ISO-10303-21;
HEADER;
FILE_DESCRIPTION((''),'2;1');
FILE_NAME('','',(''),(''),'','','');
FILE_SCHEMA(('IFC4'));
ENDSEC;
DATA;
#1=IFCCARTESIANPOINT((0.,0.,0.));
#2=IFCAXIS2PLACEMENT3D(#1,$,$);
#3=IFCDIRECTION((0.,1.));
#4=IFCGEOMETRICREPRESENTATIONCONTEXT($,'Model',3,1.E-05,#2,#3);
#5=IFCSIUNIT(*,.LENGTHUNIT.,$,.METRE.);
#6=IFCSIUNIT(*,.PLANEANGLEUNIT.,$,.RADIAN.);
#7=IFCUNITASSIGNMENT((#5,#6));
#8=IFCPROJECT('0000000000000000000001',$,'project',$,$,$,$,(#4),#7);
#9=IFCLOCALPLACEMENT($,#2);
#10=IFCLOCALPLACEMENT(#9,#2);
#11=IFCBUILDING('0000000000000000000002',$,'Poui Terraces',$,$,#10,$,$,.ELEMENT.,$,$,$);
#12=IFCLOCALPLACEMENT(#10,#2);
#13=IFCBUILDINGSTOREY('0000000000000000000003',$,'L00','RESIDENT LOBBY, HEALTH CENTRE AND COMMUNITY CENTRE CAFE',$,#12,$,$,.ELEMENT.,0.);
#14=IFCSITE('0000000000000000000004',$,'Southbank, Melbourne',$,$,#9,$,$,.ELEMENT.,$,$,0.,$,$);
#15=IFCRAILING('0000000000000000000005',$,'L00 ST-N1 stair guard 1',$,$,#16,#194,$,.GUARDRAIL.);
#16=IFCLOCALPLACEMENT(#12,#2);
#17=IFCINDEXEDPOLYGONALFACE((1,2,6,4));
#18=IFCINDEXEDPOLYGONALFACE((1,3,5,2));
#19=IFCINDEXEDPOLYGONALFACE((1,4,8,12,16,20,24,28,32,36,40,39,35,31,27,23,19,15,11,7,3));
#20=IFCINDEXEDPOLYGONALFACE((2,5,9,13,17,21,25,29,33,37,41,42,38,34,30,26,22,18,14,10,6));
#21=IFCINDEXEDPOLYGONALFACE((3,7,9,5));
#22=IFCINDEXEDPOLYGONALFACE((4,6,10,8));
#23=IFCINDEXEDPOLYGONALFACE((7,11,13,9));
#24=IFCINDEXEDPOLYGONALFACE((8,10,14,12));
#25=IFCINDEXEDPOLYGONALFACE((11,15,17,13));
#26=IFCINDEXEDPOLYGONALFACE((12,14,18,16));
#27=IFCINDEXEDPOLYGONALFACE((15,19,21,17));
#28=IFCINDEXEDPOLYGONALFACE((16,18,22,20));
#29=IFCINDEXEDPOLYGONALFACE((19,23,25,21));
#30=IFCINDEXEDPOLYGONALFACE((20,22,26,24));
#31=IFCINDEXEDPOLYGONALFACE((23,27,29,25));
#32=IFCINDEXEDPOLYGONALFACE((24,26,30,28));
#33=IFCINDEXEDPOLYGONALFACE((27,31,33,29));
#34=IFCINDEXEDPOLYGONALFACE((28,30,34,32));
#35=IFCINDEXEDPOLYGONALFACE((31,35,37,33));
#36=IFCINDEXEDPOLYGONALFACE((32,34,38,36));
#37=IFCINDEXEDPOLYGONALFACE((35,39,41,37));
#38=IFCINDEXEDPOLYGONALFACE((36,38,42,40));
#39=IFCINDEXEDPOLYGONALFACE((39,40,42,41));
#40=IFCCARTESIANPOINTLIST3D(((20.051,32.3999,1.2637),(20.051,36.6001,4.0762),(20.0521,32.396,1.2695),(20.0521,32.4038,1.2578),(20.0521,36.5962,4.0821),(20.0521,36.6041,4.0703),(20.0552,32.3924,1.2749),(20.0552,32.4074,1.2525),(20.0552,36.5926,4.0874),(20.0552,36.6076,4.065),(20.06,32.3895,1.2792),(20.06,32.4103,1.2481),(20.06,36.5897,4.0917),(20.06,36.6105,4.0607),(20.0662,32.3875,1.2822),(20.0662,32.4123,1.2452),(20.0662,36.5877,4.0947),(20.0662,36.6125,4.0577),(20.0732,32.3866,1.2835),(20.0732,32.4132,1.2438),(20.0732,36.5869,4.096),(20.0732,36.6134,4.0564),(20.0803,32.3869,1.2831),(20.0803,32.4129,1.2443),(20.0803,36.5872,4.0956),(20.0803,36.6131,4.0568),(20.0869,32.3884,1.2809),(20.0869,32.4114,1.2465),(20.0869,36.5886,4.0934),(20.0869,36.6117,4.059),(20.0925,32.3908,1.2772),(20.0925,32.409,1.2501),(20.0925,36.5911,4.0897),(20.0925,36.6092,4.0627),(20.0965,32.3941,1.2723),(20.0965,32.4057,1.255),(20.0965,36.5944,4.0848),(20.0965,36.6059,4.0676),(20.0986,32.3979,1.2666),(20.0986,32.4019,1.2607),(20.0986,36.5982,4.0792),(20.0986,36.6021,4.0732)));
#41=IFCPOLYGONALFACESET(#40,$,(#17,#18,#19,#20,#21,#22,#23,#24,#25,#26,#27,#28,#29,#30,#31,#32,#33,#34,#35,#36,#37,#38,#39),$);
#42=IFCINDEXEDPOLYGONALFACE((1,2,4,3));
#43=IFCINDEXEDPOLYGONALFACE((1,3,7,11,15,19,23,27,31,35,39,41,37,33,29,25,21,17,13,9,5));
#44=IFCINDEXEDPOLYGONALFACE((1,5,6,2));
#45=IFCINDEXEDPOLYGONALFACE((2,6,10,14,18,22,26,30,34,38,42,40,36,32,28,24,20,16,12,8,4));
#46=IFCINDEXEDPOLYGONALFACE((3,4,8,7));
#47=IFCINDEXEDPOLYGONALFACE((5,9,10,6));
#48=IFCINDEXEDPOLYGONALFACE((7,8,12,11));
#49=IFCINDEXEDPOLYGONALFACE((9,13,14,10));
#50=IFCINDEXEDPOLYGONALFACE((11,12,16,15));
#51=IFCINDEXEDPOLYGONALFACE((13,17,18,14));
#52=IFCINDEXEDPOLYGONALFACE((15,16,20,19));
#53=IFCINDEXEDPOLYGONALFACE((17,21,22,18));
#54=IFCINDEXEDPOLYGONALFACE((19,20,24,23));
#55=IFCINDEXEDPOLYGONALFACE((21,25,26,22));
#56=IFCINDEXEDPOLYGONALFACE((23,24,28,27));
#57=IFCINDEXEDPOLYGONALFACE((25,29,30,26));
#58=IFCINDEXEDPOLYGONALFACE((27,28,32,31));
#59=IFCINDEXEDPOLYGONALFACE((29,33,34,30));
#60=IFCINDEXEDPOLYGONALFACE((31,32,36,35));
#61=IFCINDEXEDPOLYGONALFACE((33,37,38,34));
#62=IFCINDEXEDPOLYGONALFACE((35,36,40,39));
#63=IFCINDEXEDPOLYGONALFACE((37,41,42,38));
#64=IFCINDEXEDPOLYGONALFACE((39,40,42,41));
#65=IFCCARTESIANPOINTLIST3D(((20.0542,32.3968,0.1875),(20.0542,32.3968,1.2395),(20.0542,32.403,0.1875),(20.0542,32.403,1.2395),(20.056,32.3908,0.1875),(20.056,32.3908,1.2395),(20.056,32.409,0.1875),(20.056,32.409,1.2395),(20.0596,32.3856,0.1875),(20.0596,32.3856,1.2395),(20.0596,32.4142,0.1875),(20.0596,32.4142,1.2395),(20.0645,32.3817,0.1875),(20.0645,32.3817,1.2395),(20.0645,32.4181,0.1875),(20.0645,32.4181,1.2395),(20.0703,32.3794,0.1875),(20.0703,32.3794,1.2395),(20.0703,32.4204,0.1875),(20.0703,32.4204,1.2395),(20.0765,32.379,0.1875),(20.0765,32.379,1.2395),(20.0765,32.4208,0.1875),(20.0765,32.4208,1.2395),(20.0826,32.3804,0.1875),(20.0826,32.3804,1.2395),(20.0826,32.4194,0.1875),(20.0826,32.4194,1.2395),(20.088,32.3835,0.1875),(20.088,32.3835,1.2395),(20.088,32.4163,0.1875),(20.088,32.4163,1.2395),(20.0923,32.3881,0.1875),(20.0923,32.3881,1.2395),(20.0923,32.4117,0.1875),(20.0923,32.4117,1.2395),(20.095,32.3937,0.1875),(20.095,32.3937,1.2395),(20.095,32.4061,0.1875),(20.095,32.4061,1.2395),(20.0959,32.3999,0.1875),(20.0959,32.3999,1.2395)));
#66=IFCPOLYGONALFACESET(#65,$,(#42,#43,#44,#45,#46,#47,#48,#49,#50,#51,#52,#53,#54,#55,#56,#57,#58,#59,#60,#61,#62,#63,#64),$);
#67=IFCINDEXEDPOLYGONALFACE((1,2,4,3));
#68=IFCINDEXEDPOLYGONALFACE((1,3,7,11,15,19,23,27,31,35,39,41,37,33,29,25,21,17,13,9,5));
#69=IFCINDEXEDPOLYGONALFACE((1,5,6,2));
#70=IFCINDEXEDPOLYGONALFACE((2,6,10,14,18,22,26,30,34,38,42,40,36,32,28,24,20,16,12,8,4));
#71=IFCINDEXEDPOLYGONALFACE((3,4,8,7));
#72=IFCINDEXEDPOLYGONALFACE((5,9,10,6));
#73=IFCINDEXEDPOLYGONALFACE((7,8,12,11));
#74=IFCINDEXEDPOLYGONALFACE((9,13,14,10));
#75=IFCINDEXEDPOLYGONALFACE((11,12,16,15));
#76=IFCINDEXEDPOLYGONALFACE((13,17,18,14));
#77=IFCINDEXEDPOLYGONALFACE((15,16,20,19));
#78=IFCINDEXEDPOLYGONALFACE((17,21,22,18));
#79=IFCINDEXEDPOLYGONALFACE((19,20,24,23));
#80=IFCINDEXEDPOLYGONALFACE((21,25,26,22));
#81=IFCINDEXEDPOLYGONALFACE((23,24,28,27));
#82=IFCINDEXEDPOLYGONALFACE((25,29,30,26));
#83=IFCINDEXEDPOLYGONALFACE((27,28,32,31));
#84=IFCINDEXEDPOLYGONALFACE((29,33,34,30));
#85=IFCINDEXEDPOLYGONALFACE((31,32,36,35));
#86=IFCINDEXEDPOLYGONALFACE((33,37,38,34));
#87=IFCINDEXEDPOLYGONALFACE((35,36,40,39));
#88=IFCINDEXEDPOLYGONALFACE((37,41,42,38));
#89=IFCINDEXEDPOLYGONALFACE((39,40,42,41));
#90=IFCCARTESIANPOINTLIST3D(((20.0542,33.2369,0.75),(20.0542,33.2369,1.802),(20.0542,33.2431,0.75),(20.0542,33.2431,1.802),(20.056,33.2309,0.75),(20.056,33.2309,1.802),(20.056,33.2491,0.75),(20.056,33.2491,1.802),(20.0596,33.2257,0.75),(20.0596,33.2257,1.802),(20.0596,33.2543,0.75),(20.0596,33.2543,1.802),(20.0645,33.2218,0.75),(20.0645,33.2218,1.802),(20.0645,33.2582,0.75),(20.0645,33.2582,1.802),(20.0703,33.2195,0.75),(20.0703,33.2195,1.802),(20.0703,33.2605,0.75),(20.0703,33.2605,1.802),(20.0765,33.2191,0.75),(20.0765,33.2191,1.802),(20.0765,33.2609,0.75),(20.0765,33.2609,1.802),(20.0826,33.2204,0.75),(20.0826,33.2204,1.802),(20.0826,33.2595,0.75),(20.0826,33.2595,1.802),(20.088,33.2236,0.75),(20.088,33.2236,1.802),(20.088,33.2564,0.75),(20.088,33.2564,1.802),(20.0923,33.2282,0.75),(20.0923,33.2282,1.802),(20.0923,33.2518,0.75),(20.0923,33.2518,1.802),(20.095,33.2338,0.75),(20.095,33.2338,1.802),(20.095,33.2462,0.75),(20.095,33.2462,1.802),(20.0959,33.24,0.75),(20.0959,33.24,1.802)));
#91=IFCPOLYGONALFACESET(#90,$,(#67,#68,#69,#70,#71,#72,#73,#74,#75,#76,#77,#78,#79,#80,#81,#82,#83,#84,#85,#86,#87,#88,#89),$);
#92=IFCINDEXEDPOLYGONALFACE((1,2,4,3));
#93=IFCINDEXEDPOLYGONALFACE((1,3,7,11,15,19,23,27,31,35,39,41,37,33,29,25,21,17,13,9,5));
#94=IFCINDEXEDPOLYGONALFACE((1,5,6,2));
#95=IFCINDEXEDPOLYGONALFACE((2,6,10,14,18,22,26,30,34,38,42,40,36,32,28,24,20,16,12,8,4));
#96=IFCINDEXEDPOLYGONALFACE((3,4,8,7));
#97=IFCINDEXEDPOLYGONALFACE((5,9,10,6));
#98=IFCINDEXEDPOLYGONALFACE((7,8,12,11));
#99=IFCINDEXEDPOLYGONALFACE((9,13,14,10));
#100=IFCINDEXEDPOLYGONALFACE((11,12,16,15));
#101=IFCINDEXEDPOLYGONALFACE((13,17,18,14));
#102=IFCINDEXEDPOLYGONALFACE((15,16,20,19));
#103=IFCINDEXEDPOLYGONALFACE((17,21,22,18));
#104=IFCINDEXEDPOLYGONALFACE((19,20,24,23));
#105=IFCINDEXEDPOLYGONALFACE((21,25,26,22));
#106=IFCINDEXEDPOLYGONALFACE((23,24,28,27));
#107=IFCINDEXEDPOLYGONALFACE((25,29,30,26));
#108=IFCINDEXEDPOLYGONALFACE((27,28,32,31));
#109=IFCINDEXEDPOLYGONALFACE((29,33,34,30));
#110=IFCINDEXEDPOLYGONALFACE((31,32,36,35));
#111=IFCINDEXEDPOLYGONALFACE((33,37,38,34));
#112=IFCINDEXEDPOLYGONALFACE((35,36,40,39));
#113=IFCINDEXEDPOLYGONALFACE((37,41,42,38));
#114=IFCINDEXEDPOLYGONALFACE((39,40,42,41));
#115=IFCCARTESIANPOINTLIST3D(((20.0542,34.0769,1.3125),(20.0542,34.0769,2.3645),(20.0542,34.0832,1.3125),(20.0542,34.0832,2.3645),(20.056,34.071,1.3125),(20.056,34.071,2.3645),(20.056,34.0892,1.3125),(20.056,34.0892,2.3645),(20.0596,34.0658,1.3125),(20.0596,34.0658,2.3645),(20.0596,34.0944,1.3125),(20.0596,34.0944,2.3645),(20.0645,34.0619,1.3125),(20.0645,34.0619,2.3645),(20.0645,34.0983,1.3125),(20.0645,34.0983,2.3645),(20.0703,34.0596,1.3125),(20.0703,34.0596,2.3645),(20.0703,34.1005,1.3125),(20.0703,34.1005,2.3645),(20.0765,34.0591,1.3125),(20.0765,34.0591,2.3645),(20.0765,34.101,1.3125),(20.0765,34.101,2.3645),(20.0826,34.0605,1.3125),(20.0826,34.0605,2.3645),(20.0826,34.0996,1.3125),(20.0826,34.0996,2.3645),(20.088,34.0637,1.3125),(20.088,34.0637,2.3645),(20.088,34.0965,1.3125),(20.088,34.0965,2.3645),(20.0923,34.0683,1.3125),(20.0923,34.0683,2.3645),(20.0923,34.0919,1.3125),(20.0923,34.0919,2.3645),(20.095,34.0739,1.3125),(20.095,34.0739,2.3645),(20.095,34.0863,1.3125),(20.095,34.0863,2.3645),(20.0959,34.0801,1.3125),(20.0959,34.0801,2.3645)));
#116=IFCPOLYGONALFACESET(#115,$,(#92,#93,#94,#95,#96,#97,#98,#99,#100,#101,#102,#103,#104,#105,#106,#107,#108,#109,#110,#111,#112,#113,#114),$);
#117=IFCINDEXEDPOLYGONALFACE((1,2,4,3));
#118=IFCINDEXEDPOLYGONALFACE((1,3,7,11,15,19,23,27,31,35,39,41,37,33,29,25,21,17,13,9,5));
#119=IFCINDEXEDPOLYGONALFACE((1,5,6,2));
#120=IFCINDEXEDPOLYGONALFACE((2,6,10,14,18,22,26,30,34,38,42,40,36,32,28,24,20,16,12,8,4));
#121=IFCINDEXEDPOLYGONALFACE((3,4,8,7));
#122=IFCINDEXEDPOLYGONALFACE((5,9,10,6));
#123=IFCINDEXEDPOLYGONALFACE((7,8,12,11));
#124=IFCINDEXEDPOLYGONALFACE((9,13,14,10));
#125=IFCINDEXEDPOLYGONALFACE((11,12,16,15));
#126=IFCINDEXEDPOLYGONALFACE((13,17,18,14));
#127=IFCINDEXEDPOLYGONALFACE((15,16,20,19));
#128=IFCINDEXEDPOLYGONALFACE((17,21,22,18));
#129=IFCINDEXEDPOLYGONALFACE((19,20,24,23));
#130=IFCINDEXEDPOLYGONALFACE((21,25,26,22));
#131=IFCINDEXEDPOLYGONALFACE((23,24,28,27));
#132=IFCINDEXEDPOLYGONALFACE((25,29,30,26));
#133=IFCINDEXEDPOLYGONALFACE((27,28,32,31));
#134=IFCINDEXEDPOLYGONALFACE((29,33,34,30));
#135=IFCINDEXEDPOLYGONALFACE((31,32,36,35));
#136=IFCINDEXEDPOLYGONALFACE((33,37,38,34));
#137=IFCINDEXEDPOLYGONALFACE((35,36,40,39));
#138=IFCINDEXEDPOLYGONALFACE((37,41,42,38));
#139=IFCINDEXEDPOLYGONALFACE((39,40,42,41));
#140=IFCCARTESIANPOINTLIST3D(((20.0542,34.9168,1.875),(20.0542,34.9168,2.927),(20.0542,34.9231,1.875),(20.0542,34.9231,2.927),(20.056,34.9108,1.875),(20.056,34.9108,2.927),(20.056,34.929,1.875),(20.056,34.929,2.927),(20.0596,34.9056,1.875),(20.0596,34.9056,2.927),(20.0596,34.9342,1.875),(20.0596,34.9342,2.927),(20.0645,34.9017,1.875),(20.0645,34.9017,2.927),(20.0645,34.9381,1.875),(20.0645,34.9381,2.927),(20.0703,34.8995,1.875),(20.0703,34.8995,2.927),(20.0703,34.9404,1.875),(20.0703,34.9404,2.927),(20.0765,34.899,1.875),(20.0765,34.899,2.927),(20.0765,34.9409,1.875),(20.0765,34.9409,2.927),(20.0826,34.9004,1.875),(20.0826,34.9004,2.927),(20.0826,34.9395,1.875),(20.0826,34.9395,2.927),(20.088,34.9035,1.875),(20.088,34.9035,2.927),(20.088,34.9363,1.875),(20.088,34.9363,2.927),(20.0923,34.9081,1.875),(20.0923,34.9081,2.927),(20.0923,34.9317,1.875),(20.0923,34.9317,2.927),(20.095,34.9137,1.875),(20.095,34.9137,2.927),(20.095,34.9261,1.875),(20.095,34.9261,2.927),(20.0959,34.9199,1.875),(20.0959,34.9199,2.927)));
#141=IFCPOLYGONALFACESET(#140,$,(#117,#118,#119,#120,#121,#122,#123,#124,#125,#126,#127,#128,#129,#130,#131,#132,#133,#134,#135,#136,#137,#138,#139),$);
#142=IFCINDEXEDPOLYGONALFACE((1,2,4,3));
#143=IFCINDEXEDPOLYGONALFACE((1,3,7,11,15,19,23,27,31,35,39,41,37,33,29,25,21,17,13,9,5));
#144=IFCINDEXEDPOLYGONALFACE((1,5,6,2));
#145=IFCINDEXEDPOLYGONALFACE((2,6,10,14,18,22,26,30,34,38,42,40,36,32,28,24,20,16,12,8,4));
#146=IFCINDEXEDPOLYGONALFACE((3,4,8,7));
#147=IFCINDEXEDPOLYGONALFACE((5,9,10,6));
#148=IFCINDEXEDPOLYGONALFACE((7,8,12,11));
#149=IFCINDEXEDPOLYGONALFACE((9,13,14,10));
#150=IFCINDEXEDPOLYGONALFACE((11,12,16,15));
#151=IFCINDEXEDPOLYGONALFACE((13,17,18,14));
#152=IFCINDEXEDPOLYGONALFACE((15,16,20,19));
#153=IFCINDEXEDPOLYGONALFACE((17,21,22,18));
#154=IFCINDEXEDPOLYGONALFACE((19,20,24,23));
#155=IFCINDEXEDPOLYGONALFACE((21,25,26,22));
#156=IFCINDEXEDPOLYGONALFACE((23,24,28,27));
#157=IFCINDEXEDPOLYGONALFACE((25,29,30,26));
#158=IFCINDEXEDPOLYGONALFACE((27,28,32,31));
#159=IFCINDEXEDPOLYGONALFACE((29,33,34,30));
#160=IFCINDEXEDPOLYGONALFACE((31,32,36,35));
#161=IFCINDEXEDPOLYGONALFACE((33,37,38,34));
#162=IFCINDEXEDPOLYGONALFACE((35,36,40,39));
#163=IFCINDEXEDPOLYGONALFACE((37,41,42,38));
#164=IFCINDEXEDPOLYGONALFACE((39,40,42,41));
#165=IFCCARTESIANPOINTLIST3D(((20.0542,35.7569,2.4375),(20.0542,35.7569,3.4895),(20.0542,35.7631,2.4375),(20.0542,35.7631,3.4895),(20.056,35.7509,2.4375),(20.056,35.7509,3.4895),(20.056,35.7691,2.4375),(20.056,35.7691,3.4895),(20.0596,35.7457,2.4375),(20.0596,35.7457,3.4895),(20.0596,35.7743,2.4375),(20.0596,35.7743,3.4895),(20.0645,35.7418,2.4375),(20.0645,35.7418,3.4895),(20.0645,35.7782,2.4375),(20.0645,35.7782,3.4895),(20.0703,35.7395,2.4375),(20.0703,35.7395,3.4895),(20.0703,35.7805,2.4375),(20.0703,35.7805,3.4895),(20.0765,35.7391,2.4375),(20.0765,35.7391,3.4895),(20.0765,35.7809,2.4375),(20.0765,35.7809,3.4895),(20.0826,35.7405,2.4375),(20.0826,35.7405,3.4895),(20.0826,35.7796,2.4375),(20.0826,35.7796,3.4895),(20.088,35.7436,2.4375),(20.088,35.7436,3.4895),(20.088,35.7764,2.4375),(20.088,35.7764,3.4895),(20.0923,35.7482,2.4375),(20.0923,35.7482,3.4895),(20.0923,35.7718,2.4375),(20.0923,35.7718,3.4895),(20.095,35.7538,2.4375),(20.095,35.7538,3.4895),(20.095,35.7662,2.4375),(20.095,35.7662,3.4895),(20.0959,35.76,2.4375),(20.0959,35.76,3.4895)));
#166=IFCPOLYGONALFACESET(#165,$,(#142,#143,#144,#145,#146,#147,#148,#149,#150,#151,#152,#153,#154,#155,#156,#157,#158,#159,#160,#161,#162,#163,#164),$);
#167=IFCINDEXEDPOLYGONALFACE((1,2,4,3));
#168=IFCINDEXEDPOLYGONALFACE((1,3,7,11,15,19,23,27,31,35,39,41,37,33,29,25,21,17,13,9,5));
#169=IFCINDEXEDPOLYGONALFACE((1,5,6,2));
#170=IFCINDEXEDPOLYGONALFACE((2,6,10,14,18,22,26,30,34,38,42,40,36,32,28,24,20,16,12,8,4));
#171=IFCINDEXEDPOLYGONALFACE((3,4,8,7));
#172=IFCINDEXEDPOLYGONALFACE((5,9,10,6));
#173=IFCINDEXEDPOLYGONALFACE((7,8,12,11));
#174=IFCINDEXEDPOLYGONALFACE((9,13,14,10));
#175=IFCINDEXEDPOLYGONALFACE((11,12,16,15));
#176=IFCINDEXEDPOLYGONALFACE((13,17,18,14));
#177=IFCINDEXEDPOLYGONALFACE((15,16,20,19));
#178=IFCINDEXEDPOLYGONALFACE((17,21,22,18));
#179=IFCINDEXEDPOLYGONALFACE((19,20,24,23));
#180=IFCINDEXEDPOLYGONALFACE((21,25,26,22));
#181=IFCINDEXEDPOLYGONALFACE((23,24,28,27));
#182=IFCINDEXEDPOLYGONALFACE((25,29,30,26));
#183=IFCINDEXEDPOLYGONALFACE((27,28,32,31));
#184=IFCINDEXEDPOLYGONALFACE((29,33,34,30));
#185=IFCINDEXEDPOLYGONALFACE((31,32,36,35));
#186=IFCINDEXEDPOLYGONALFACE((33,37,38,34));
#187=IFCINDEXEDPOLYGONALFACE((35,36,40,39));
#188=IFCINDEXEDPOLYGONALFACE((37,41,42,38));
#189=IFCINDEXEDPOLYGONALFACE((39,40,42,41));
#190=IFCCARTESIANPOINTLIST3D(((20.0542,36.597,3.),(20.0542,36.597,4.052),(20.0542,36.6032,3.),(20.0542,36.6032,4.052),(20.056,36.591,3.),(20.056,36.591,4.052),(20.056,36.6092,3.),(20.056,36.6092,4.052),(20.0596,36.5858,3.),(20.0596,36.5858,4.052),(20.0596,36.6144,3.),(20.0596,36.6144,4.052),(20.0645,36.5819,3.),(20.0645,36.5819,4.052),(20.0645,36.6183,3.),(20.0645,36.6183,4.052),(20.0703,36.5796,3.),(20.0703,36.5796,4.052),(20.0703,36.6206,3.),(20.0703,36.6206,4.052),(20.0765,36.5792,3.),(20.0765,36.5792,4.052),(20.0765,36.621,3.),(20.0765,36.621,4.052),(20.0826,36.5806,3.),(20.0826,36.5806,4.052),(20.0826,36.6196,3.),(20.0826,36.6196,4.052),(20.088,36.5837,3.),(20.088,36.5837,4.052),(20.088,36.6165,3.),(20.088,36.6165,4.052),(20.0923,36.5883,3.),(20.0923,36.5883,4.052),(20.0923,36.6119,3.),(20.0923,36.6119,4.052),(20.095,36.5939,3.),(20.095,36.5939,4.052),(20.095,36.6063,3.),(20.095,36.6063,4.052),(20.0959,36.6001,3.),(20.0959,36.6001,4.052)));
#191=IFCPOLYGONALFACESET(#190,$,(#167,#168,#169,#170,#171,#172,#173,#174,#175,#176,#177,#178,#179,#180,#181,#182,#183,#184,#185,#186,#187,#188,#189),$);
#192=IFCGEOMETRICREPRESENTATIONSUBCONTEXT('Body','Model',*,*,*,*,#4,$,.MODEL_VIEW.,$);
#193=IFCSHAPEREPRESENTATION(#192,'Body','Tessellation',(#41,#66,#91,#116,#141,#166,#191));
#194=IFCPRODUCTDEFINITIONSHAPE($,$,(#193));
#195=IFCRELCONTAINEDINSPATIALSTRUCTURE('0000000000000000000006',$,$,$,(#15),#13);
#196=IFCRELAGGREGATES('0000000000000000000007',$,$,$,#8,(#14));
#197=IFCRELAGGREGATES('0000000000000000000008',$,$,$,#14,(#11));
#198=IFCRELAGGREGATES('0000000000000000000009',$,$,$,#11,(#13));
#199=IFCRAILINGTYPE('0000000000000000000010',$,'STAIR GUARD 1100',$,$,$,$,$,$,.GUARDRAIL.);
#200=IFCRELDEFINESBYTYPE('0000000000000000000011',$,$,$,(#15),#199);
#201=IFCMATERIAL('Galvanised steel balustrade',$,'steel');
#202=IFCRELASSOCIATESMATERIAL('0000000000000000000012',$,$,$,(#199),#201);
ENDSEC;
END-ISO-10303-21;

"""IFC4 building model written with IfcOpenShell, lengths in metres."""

from ifc_helpers import new_model, si_unit, direction, frame, origin, origin_2d, place, context, subcontext, project, spatial, circle, extrude, material, type_object, element, save


model = new_model("IFC4")

# Units and contexts
model_context = context("Model", 3, precision=1e-05, world=origin(), true_north=direction((0.0, 1.0)))
body_context = subcontext(model_context, "Body", "Model", "MODEL_VIEW")
ifc_project = project(units=[si_unit("LENGTHUNIT", "METRE"), si_unit("PLANEANGLEUNIT", "RADIAN")], contexts=[model_context])

# Site, building, storey
site_placement = place(None, origin())
site = spatial("IfcSite", under=ifc_project, at=site_placement, Name="Southbank, Melbourne", CompositionType="ELEMENT", RefElevation=0.0)
building_placement = place(site_placement, origin())
building = spatial("IfcBuilding", under=site, at=building_placement, Name="Poui Terraces", CompositionType="ELEMENT")
storey_placement = place(building_placement, origin())
storey = spatial("IfcBuildingStorey", under=building, at=storey_placement, Name="L00", Description="RESIDENT LOBBY, HEALTH CENTRE AND COMMUNITY CENTRE CAFE", CompositionType="ELEMENT", Elevation=0.0)

# Railing
ifc_material_1 = material(Name="Galvanised steel balustrade", Category="steel")
railing_type_1 = type_object("IfcRailingType", Name="STAIR GUARD 1100", PredefinedType="GUARDRAIL", material=ifc_material_1)
railing_1_placement = place(storey_placement, frame((20.075, 32.3999, 0.1875)))
element("IfcRailing", 1, at=railing_1_placement, inside=storey, type_object=railing_type_1, Name="L00 ST-N1 stair guard 1", PredefinedType="GUARDRAIL", context=body_context, shape_type="SweptSolid", body=[
    extrude(circle(Radius=0.0239, at=origin_2d()), frame((0.0, 0.0, 1.0762), z_axis=(0.0, 0.830919, 0.556393), x_axis=(-1.0, 0.0, 0.0)), (0.0, 0.0, 1.0), 5.0549),
    extrude(circle(Radius=0.021, at=origin_2d()), origin(), (0.0, 0.0, 1.0), 1.052),
    extrude(circle(Radius=0.021, at=origin_2d()), frame((0.0, 0.8401, 0.5625)), (0.0, 0.0, 1.0), 1.052),
    extrude(circle(Radius=0.021, at=origin_2d()), frame((0.0, 1.6802, 1.125)), (0.0, 0.0, 1.0), 1.052),
    extrude(circle(Radius=0.021, at=origin_2d()), frame((0.0, 2.52, 1.6875)), (0.0, 0.0, 1.0), 1.052),
    extrude(circle(Radius=0.021, at=origin_2d()), frame((0.0, 3.3601, 2.25)), (0.0, 0.0, 1.0), 1.052),
    extrude(circle(Radius=0.021, at=origin_2d()), frame((0.0, 4.2002, 2.8125)), (0.0, 0.0, 1.0), 1.052),
])

save(model, "model.ifc")
